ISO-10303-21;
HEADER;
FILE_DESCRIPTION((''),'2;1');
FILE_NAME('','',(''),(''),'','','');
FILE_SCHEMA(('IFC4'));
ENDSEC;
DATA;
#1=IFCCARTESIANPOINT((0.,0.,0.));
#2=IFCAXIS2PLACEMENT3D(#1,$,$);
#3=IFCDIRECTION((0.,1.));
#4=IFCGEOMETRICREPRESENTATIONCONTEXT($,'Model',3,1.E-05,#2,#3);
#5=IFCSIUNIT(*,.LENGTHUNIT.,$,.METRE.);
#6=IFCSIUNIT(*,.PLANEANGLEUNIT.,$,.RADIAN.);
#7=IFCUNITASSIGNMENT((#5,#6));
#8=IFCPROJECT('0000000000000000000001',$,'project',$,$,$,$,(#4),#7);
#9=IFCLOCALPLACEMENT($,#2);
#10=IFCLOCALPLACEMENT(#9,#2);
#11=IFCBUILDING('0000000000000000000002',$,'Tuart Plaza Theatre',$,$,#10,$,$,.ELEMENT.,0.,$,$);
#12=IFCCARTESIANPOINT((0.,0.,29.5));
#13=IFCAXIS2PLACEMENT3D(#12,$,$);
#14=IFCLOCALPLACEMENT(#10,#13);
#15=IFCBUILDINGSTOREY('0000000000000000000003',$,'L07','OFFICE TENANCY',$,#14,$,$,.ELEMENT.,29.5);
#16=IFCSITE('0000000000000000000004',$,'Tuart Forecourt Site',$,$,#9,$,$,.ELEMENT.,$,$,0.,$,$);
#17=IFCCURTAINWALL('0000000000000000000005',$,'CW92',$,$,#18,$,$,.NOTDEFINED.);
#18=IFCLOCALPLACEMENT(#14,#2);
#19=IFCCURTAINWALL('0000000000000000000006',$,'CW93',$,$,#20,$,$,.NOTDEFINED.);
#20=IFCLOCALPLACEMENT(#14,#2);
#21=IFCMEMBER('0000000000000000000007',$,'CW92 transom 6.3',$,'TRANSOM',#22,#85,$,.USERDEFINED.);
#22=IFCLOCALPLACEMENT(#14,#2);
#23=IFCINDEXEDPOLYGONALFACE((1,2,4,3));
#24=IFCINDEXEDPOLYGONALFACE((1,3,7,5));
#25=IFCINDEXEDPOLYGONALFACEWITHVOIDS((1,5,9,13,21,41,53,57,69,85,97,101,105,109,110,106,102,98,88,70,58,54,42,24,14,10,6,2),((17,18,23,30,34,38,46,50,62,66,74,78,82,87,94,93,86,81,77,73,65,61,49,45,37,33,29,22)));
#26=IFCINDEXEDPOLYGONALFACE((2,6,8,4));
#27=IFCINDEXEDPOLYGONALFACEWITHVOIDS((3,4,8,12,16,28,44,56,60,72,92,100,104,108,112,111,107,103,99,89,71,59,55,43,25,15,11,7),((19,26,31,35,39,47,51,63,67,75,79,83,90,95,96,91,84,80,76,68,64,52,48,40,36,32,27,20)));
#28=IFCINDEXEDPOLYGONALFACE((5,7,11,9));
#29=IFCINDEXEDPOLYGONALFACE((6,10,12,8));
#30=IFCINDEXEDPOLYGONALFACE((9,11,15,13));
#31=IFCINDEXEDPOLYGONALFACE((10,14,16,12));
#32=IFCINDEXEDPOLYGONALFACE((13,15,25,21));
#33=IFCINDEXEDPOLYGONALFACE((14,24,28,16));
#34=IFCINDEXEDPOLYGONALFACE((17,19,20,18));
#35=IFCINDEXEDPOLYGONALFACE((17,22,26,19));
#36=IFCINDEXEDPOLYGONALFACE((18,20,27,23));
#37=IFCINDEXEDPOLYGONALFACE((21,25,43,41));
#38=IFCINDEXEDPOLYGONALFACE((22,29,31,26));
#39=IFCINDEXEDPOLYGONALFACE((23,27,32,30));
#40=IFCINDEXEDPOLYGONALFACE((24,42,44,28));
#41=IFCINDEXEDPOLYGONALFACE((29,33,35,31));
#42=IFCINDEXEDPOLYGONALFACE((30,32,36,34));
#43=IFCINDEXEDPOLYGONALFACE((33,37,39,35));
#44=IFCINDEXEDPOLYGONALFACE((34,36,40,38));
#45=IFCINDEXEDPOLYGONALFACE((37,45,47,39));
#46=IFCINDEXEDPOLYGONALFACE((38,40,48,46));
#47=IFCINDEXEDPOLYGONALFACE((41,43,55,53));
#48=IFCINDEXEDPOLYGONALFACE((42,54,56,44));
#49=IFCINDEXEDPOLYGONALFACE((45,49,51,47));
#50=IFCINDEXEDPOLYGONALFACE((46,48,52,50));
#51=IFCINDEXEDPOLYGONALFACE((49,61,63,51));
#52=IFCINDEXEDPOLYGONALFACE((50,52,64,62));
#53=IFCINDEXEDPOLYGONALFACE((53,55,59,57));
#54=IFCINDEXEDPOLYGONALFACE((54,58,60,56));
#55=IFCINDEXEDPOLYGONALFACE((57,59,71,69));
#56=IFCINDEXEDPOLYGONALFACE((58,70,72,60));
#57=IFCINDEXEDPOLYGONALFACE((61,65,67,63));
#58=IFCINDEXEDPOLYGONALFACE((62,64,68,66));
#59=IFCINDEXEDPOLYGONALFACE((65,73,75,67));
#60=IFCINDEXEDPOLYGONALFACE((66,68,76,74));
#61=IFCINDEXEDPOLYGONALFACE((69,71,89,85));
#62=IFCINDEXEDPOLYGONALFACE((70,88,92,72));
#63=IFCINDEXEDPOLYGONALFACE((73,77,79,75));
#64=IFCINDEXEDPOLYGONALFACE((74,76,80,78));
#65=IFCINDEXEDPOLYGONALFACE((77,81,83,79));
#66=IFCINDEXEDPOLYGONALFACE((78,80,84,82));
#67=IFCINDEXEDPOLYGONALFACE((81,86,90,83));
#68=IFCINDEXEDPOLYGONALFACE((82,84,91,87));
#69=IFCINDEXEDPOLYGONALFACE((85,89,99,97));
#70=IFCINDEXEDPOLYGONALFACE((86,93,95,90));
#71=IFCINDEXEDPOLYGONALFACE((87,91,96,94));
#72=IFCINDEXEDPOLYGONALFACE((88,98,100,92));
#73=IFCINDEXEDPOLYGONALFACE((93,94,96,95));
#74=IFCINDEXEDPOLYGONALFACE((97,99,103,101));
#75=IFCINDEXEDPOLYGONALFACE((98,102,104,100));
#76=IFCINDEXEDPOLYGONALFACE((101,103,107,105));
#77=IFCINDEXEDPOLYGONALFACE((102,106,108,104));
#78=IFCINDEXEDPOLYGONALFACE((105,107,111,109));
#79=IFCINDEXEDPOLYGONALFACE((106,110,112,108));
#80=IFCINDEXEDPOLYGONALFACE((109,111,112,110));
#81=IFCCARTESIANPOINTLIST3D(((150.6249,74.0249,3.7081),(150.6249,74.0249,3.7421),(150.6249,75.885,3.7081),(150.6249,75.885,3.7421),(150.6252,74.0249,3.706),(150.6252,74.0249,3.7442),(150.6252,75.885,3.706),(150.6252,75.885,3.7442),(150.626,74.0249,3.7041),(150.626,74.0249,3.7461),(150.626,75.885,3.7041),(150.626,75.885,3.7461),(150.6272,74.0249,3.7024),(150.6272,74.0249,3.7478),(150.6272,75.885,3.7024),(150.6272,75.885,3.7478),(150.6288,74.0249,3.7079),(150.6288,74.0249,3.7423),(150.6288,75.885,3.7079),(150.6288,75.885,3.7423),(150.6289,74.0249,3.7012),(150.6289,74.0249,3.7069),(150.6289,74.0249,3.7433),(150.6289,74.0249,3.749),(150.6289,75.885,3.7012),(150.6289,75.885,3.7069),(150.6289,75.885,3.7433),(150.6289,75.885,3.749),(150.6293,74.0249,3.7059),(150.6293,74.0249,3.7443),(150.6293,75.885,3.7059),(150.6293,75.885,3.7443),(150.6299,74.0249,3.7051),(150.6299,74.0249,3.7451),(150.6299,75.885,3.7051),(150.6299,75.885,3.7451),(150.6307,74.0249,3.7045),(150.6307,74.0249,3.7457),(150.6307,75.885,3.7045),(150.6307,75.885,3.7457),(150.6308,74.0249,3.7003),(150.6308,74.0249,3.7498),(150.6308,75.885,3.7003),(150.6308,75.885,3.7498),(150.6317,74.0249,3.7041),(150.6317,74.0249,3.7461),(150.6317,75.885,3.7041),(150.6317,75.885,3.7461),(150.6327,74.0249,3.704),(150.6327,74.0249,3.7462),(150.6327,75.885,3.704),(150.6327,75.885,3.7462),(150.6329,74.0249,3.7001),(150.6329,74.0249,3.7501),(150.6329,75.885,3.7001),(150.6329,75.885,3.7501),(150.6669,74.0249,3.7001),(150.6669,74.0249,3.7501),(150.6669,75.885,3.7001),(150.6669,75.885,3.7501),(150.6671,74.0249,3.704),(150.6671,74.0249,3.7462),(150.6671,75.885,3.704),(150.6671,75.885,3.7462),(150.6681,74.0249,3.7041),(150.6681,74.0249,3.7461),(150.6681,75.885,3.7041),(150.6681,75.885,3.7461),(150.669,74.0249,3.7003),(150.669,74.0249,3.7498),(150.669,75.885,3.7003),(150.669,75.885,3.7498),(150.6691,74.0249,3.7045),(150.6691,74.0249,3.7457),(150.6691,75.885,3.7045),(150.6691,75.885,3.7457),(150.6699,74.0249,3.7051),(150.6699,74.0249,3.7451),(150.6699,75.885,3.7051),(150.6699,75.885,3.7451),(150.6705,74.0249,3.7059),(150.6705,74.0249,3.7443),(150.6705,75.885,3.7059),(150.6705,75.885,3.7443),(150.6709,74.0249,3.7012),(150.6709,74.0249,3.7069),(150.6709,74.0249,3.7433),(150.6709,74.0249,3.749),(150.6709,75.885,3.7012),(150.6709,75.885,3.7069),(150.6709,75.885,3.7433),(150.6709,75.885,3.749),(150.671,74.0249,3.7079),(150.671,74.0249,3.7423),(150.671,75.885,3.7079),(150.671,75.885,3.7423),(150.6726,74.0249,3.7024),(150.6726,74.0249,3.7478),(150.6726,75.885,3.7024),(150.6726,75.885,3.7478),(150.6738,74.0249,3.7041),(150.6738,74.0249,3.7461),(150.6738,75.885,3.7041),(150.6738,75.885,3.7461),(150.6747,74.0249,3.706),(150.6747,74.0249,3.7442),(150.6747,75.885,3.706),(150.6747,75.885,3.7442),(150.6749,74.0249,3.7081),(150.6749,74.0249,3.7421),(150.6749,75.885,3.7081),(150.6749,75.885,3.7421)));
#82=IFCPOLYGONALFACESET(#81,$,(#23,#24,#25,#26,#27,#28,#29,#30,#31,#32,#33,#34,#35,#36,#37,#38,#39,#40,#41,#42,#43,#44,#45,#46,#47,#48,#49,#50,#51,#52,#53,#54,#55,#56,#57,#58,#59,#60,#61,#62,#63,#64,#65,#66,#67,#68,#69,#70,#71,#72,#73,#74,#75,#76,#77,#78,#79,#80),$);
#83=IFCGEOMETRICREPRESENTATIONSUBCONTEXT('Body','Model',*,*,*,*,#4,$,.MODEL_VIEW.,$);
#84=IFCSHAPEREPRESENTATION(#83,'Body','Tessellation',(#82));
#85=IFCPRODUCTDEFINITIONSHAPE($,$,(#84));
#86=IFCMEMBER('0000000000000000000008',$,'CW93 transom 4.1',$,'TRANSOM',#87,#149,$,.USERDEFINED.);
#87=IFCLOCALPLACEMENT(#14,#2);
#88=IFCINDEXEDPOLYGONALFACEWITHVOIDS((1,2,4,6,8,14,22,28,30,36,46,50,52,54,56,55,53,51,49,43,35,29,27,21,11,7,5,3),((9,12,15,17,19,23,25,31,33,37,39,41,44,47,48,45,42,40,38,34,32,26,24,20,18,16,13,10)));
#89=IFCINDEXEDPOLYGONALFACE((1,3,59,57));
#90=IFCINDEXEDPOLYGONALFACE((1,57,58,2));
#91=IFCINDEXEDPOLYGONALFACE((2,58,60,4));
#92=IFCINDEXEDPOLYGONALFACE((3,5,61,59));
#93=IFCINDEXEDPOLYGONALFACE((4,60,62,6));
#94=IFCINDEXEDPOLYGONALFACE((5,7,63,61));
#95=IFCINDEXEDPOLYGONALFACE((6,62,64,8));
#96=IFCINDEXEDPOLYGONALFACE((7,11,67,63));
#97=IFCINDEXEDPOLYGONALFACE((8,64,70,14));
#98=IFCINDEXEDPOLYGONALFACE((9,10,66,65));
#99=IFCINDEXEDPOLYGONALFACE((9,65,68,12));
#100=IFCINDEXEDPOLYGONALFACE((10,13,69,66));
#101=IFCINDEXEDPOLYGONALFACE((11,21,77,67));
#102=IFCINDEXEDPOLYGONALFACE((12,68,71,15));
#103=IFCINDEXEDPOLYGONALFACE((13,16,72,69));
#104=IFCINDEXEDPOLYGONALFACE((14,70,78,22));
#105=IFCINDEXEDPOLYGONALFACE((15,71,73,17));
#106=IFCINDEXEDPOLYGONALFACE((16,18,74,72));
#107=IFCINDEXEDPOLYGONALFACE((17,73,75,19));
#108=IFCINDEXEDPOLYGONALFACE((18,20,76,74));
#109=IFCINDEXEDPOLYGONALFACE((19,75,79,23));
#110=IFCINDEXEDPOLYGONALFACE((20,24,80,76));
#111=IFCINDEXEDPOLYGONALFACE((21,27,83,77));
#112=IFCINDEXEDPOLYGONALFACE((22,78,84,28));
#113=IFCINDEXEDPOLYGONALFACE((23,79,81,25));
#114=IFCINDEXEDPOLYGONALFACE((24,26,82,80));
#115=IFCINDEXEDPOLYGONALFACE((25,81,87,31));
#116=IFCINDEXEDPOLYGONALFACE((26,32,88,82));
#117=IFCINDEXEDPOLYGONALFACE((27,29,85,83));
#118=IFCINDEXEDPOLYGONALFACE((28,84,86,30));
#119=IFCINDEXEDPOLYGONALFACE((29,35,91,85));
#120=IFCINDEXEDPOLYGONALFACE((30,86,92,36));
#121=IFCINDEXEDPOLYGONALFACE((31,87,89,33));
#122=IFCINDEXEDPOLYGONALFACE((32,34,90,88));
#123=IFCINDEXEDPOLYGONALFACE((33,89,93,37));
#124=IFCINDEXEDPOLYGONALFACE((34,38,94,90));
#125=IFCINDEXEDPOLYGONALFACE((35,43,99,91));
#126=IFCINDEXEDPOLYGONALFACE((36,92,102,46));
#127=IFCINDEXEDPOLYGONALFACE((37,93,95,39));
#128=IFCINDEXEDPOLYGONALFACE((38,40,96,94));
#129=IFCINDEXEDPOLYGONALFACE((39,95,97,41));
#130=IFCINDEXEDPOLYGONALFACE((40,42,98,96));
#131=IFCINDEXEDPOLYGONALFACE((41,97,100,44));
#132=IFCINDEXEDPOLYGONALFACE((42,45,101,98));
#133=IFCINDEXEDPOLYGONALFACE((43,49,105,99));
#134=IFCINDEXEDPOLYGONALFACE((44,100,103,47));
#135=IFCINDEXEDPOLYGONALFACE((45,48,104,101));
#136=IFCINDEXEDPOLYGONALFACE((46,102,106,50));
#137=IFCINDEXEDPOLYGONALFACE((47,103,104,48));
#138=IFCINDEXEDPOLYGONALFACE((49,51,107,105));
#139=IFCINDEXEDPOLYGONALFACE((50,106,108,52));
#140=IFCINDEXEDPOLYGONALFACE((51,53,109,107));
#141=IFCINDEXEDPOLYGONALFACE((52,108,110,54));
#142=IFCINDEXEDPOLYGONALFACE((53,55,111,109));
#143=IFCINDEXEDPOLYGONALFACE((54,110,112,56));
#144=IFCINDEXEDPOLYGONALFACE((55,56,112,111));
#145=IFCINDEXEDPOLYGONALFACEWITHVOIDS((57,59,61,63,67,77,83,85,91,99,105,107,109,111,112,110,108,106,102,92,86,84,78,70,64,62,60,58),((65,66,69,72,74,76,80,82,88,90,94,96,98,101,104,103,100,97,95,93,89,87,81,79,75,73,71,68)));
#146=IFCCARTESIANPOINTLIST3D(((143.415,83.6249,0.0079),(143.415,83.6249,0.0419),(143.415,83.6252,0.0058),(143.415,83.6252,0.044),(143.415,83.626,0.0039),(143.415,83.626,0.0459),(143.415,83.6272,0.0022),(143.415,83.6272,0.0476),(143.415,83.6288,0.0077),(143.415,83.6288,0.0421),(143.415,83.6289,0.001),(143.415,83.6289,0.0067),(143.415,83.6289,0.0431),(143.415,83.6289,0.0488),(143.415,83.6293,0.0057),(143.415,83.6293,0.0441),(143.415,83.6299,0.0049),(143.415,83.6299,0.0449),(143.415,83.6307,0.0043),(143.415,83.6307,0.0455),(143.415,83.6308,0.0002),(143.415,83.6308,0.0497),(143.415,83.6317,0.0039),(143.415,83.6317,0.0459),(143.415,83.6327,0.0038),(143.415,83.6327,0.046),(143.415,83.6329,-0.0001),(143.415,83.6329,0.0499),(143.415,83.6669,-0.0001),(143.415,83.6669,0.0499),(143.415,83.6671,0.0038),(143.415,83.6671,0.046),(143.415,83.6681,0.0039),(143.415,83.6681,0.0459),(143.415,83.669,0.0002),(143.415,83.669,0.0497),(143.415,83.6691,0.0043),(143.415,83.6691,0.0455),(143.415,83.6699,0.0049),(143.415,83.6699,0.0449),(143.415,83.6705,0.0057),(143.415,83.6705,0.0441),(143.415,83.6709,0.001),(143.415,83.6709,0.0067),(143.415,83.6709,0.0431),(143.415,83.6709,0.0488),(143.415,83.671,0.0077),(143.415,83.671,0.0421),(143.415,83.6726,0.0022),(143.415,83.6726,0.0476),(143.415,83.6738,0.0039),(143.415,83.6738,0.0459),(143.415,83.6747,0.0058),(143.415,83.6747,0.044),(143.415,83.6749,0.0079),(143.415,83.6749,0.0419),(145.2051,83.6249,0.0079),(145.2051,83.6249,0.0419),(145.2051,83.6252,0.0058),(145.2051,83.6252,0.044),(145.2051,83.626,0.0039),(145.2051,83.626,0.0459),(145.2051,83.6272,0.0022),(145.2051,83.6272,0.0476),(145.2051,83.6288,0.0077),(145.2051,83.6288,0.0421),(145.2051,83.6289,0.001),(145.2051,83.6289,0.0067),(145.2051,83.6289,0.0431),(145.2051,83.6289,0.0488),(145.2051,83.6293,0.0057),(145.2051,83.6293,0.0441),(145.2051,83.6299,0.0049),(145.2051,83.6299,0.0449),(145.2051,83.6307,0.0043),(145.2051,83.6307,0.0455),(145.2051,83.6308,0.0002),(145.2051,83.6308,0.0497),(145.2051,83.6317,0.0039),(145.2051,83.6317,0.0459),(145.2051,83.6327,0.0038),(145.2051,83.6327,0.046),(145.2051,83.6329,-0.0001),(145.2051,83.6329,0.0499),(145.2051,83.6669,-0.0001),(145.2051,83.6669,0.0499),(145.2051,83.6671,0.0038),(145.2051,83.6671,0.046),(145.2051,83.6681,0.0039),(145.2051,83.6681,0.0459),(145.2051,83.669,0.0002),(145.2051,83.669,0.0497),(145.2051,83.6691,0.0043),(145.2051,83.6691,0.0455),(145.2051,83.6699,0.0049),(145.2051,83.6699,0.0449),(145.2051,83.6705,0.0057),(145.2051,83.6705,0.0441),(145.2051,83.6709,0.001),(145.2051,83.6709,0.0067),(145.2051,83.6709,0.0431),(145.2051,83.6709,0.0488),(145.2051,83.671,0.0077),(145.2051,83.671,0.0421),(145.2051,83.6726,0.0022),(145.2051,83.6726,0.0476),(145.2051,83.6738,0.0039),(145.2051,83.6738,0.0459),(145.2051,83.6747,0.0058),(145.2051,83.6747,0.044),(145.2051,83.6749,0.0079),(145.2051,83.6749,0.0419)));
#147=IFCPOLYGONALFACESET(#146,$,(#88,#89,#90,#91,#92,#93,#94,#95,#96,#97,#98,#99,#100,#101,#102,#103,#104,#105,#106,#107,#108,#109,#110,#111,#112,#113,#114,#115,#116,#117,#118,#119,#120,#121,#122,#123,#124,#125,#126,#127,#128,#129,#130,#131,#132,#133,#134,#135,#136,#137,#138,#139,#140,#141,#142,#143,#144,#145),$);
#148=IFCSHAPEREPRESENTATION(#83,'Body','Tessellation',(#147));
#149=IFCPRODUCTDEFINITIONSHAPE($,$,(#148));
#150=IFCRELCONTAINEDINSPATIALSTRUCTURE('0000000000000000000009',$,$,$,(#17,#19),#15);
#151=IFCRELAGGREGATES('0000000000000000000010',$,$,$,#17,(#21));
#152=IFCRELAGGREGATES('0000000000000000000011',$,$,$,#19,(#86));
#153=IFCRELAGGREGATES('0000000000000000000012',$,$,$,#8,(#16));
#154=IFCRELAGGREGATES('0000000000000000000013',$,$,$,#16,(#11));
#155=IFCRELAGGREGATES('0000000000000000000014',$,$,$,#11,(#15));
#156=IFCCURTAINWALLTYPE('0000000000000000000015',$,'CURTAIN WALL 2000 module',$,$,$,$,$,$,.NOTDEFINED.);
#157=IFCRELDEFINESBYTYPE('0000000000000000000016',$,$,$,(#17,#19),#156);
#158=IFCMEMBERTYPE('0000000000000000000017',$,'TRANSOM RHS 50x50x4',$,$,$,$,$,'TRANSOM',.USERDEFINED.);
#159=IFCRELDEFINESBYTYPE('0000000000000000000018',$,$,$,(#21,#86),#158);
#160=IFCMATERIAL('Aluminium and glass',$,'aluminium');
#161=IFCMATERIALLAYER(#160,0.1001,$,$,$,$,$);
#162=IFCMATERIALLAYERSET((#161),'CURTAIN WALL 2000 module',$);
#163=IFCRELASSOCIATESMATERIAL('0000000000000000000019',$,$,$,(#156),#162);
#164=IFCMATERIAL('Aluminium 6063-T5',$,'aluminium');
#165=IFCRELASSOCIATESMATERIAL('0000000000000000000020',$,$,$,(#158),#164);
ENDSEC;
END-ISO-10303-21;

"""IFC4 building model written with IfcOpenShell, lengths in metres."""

from ifc_helpers import new_model, si_unit, direction, frame, origin, origin_2d, place, context, subcontext, project, spatial, hollow_rectangle, extrude, material, layer, layer_set, material_profile, profile_set, type_object, element, aggregate, save


model = new_model("IFC4")

# Units and contexts
model_context = context("Model", 3, precision=1e-05, world=origin(), true_north=direction((0.0, 1.0)))
body_context = subcontext(model_context, "Body", "Model", "MODEL_VIEW")
ifc_project = project(units=[si_unit("LENGTHUNIT", "METRE"), si_unit("PLANEANGLEUNIT", "RADIAN")], contexts=[model_context])

# Site, building, storey
site_placement = place(None, origin())
site = spatial("IfcSite", under=ifc_project, at=site_placement, Name="Tuart Forecourt Site", CompositionType="ELEMENT", RefElevation=0.0)
building_placement = place(site_placement, origin())
building = spatial("IfcBuilding", under=site, at=building_placement, Name="Tuart Plaza Theatre", CompositionType="ELEMENT", ElevationOfRefHeight=0.0)
storey_placement = place(building_placement, frame((0.0, 0.0, 29.5)))
storey = spatial("IfcBuildingStorey", under=building, at=storey_placement, Name="L07", Description="OFFICE TENANCY", CompositionType="ELEMENT", Elevation=29.5)

# Curtain wall
ifc_material_1 = material(Name="Aluminium and glass", Category="aluminium")
ifc_layer_1 = layer(ifc_material_1, 0.1001)
ifc_layer_set_1 = layer_set([ifc_layer_1], Name="CURTAIN WALL 2000 module")
curtain_wall_type = type_object("IfcCurtainWallType", Name="CURTAIN WALL 2000 module", PredefinedType="NOTDEFINED", material=ifc_layer_set_1)
curtain_wall_1_placement = place(storey_placement, origin())
curtain_wall_1 = element("IfcCurtainWall", 1, at=curtain_wall_1_placement, inside=storey, type_object=curtain_wall_type, Name="CW92", PredefinedType="NOTDEFINED")

# Curtain wall
curtain_wall_2_placement = place(storey_placement, origin())
curtain_wall_2 = element("IfcCurtainWall", 2, at=curtain_wall_2_placement, inside=storey, type_object=curtain_wall_type, Name="CW93", PredefinedType="NOTDEFINED")

# Members
ifc_material_2 = material(Name="Aluminium 6063-T5", Category="aluminium")
ifc_material_profile_1 = material_profile(ifc_material_2, hollow_rectangle(XDim=0.05, YDim=0.05, WallThickness=0.0039, InnerFilletRadius=0.0039, OuterFilletRadius=0.0081, at=origin_2d()), Name="RHS 50x50x4")
ifc_profile_set_1 = profile_set([ifc_material_profile_1], Name="Aluminium 6063-T5")
member_type_1 = type_object("IfcMemberType", Name="TRANSOM RHS 50x50x4", ElementType="TRANSOM", PredefinedType="USERDEFINED", material=ifc_profile_set_1)
member_1_placement = place(storey_placement, frame((150.6499, 74.0249, 3.7251), z_axis=(0.0, 1.0, 0.0), x_axis=(-1.0, 0.0, 0.0)))
member_1 = element("IfcMember", 3, at=member_1_placement, type_object=member_type_1, Name="CW92 transom 6.3", ObjectType="TRANSOM", PredefinedType="USERDEFINED", context=body_context, shape_type="SweptSolid", body=[
    extrude(hollow_rectangle(XDim=0.05, YDim=0.05, WallThickness=0.0039, InnerFilletRadius=0.0039, OuterFilletRadius=0.0081, at=origin_2d()), origin(), (0.0, 0.0, 1.0), 1.8601),
])
member_2_placement = place(storey_placement, frame((145.2051, 83.6499, 0.0249), z_axis=(-1.0, 0.0, 0.0), x_axis=(0.0, -1.0, 0.0)))
member_2 = element("IfcMember", 4, at=member_2_placement, type_object=member_type_1, Name="CW93 transom 4.1", ObjectType="TRANSOM", PredefinedType="USERDEFINED", context=body_context, shape_type="SweptSolid", body=[
    extrude(hollow_rectangle(XDim=0.05, YDim=0.05, WallThickness=0.0039, InnerFilletRadius=0.0039, OuterFilletRadius=0.0081, at=origin_2d()), origin(), (0.0, 0.0, 1.0), 1.79),
])

aggregate(curtain_wall_1, [member_1])
aggregate(curtain_wall_2, [member_2])

save(model, "model.ifc")
